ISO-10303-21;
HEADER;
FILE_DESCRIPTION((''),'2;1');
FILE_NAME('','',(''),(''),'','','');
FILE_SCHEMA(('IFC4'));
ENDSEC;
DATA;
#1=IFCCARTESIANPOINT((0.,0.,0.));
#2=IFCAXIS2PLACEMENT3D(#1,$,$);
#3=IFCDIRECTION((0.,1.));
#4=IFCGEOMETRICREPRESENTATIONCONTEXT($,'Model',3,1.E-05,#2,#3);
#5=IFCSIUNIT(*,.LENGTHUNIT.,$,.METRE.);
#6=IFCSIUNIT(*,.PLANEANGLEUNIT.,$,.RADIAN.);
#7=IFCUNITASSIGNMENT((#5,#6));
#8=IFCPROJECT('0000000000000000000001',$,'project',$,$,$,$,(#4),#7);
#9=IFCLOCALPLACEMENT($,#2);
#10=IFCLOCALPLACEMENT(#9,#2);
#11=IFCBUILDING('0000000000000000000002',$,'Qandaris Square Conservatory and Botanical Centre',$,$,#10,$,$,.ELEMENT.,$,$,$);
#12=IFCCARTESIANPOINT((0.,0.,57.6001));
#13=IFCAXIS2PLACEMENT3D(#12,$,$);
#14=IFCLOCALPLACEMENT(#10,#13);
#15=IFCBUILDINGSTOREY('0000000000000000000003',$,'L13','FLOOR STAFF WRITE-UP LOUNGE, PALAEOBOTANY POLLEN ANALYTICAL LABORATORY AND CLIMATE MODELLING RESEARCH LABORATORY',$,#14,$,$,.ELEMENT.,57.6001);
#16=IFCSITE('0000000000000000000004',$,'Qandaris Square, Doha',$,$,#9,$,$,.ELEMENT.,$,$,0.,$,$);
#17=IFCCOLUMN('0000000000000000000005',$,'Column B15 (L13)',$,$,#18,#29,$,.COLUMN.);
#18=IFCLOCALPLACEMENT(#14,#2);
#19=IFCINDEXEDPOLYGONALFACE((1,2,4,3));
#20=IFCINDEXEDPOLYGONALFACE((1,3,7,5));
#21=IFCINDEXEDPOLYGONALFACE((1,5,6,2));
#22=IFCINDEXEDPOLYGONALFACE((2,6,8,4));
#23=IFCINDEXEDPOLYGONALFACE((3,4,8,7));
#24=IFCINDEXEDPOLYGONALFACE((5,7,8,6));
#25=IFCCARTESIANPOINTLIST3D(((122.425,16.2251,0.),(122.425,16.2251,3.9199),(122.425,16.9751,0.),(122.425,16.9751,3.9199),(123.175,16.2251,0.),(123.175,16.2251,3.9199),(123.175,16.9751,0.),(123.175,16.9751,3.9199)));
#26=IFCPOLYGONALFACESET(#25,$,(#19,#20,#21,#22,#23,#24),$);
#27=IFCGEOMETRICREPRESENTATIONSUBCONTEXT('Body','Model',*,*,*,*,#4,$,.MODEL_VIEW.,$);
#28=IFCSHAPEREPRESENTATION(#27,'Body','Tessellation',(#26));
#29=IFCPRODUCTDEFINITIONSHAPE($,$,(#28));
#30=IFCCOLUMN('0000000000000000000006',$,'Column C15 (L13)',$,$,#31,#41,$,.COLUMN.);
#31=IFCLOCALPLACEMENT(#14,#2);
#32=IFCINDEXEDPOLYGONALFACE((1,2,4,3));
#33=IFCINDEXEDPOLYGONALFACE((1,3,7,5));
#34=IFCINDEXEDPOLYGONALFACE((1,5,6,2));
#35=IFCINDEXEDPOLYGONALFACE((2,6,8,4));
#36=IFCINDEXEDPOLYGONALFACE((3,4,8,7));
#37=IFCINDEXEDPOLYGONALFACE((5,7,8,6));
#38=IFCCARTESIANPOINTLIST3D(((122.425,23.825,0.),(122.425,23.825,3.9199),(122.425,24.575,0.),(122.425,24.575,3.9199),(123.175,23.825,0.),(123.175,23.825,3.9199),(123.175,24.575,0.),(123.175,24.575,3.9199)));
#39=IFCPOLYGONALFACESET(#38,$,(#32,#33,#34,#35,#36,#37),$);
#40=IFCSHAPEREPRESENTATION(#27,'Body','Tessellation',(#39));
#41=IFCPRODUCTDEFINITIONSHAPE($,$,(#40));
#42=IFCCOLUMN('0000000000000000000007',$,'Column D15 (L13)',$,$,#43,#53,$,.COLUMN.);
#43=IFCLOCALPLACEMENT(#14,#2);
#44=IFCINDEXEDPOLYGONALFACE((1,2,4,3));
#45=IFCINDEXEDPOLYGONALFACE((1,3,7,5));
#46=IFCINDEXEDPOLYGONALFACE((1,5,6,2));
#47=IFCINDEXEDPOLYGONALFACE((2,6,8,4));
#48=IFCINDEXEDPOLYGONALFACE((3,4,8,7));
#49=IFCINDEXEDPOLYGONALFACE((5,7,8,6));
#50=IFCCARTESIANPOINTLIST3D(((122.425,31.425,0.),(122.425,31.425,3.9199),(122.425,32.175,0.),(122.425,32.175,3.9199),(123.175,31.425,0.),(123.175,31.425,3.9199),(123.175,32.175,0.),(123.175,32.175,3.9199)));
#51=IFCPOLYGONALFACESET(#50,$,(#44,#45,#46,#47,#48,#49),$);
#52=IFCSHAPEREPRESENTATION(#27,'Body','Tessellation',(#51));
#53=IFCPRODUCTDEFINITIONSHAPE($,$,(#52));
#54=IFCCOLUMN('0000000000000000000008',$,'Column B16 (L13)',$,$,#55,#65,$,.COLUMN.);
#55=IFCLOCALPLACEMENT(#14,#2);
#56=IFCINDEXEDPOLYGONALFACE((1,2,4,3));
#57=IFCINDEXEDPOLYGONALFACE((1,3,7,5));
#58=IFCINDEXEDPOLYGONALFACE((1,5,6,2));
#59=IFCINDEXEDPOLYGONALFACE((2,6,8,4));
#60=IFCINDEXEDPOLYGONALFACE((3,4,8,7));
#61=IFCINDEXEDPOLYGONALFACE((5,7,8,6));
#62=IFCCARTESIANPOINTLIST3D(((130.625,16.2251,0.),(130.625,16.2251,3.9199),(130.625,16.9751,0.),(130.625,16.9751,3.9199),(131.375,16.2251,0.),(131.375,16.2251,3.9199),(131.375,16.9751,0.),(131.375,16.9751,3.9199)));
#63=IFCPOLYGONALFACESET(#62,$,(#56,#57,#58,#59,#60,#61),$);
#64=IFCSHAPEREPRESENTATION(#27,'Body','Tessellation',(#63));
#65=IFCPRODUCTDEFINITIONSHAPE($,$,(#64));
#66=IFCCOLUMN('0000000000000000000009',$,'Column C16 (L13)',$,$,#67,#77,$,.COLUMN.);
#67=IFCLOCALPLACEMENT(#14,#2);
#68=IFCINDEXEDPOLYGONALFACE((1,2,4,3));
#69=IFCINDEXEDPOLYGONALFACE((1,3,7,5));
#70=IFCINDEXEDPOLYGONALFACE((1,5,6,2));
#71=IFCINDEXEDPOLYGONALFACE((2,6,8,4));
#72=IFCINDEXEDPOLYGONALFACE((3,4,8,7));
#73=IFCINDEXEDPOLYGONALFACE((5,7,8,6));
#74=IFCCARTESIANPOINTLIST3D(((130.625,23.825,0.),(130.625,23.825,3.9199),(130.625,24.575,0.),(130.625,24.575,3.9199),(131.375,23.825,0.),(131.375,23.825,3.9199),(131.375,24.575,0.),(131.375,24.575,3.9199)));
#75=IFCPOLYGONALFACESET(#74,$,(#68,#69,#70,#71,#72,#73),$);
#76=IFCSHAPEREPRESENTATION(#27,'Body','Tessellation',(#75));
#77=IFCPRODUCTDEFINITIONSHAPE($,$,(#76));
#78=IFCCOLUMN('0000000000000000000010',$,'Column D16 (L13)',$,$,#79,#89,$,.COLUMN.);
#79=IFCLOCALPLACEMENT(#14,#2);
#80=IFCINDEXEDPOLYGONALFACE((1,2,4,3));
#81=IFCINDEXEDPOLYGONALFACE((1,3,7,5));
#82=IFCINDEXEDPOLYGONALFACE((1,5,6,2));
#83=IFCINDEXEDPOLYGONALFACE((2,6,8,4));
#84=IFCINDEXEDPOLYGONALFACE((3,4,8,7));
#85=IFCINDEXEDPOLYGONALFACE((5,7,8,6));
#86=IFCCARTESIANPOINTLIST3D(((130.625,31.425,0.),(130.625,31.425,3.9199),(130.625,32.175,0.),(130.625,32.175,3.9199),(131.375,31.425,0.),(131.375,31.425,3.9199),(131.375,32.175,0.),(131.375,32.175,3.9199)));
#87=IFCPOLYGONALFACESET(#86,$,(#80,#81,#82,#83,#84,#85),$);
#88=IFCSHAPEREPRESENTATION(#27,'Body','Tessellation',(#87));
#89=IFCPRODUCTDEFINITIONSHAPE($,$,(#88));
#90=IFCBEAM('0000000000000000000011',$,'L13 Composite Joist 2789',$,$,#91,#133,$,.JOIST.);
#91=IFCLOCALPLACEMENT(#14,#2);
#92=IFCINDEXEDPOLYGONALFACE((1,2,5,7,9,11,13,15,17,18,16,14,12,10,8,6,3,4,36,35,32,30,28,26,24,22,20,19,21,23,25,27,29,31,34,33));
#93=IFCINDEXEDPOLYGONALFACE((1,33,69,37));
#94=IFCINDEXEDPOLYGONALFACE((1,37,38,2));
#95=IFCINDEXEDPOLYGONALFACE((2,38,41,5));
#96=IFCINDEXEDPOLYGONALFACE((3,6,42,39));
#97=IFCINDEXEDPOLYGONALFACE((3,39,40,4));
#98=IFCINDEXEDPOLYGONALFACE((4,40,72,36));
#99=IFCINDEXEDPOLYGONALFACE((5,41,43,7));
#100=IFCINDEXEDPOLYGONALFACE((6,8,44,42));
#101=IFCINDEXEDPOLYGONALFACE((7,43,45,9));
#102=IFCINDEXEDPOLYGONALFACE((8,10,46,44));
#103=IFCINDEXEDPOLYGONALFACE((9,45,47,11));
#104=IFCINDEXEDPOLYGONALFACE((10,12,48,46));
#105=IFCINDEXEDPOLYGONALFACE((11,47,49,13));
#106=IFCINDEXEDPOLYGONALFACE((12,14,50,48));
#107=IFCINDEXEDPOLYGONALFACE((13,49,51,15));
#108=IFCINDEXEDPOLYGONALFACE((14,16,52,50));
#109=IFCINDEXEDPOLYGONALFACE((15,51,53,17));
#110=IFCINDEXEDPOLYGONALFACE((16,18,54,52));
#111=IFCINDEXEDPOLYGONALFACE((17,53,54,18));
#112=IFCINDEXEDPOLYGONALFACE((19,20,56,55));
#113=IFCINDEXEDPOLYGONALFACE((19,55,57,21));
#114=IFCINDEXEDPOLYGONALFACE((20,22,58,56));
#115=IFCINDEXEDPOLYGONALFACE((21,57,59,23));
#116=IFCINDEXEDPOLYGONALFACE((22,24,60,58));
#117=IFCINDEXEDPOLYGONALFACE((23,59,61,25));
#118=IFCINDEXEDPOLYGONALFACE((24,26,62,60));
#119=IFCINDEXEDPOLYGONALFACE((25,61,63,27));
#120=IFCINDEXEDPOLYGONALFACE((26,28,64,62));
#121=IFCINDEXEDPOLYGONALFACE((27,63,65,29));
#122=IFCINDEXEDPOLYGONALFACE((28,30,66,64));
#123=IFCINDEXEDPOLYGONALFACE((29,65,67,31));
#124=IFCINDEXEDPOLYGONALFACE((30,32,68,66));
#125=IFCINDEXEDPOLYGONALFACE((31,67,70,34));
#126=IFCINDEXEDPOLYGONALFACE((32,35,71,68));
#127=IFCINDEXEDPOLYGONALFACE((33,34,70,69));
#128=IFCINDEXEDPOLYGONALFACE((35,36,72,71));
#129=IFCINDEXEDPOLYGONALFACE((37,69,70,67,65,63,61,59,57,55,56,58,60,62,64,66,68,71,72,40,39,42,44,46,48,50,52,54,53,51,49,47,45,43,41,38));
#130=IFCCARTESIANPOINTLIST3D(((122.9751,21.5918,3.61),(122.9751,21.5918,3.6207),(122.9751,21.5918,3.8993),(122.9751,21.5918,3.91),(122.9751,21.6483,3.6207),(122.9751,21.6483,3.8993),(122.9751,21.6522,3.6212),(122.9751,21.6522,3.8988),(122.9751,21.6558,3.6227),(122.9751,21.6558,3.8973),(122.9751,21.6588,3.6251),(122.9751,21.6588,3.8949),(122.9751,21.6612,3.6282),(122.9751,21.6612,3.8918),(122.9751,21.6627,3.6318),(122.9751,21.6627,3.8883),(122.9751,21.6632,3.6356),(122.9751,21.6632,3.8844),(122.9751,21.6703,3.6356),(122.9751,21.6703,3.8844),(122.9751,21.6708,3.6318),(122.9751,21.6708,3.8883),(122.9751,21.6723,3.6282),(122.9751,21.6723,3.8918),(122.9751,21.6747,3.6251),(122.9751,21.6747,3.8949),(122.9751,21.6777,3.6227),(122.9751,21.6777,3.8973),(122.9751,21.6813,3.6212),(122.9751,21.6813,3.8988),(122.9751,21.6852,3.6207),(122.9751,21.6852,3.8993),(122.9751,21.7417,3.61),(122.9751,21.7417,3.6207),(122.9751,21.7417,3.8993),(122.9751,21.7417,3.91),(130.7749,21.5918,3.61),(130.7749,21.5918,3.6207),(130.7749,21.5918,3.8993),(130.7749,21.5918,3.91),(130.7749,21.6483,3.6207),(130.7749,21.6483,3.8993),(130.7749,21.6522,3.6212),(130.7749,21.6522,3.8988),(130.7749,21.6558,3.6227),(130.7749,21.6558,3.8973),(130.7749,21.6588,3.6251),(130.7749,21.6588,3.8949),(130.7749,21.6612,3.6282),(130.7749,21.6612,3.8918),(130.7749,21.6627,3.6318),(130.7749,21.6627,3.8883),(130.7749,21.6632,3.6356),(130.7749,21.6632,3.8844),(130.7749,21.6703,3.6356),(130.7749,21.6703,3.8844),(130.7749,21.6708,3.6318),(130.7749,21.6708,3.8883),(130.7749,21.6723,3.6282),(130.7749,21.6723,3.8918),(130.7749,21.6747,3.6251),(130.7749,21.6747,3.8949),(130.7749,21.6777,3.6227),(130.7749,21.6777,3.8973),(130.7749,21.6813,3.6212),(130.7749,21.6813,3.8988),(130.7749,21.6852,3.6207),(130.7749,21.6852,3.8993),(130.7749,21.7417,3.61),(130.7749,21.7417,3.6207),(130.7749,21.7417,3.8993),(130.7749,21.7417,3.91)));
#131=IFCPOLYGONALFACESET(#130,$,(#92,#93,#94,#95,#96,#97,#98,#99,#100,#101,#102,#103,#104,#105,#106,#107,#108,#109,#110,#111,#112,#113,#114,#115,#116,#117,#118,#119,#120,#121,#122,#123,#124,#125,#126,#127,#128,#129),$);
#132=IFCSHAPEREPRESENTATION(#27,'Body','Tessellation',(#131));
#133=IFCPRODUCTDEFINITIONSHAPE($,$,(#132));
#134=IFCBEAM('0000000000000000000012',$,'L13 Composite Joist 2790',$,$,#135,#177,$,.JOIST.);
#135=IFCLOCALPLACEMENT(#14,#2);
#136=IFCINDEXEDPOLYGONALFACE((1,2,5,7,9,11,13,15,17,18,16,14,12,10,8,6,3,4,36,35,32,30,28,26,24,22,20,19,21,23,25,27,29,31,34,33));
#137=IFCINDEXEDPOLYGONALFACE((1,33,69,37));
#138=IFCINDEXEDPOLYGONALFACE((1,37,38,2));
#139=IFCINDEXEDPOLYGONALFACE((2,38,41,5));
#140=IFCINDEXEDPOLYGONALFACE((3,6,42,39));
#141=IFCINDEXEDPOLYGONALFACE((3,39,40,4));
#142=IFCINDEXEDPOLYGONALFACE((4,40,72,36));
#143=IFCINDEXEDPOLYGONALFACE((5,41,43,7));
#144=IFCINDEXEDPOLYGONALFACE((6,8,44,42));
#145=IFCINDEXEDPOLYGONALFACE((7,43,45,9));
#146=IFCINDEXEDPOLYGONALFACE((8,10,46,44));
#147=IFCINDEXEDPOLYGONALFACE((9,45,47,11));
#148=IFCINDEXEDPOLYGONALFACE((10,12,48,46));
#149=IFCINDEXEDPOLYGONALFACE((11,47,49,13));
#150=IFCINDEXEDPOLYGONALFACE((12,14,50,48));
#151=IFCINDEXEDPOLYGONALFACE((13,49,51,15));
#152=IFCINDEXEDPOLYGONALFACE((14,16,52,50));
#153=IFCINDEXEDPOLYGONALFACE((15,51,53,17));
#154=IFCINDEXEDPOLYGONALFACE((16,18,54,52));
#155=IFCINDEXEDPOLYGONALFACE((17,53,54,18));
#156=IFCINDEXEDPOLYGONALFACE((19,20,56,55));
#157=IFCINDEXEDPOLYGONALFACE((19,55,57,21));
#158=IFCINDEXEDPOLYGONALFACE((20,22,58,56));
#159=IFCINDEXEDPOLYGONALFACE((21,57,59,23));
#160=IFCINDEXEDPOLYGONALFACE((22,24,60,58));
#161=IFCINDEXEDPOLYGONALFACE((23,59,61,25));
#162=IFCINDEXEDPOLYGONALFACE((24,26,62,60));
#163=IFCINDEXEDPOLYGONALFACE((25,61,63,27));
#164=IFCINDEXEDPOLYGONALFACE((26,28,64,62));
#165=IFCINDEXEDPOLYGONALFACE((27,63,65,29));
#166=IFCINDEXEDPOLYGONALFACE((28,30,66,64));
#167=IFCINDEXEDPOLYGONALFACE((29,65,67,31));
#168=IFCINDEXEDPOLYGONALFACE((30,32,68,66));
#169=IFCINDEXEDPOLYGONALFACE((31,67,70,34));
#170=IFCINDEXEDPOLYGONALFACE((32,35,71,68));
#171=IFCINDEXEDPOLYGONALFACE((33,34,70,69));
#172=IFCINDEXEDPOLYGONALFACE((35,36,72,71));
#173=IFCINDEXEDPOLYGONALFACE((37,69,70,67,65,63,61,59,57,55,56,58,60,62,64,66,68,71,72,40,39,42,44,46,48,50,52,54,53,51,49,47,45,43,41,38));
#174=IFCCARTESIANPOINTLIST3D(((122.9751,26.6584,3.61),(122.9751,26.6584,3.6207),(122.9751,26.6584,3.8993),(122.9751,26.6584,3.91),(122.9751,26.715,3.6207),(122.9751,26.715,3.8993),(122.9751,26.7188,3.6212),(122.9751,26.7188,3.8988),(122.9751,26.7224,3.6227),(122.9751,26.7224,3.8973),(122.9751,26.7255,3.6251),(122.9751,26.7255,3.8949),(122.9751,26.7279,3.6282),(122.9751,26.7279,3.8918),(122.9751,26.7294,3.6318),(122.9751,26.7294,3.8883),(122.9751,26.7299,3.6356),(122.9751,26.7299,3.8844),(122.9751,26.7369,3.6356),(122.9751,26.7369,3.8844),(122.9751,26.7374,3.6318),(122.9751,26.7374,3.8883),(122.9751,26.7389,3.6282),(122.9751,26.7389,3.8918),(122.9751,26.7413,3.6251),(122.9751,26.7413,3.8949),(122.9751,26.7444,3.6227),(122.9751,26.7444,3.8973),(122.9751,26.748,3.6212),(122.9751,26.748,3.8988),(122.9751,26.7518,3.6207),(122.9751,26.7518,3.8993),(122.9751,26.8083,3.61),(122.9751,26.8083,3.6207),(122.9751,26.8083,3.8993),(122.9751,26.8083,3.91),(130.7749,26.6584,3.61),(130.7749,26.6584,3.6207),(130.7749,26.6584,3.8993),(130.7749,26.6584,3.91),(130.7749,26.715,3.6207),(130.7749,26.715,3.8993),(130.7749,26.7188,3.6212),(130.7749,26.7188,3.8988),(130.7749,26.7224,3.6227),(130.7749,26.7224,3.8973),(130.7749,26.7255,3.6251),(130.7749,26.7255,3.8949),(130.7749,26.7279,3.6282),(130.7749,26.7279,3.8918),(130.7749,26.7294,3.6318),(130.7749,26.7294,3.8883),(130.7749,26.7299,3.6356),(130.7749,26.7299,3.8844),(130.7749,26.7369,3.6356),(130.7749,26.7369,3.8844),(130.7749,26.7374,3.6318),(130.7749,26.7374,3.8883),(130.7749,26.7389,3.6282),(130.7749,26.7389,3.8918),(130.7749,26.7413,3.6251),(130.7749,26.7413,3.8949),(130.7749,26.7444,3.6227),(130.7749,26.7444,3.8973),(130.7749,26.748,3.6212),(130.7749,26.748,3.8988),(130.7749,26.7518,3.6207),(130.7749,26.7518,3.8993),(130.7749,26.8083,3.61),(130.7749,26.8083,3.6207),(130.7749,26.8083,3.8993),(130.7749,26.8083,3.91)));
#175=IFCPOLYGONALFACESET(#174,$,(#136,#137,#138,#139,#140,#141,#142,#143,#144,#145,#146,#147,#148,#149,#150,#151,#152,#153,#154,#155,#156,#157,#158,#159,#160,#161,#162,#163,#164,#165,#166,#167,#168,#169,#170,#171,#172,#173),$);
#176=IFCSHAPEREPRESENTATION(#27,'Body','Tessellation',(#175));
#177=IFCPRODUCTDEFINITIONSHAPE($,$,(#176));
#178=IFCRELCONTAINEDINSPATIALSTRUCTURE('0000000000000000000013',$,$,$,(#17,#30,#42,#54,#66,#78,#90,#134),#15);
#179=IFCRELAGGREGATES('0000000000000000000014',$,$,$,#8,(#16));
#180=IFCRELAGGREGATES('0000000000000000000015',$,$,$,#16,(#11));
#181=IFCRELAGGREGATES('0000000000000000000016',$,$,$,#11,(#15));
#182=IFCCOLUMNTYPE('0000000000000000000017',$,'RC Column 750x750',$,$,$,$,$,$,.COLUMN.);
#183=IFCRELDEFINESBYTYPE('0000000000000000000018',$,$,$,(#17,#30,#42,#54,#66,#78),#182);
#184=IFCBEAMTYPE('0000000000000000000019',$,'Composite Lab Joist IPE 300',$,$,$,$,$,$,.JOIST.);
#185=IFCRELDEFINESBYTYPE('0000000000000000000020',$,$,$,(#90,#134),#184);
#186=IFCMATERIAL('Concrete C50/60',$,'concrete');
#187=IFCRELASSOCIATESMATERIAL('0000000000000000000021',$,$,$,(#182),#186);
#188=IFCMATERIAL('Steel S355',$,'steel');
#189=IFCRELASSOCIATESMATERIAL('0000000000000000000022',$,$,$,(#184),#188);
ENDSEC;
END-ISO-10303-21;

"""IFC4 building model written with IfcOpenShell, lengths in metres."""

from ifc_helpers import new_model, si_unit, direction, frame, origin, origin_2d, place, context, subcontext, project, spatial, rectangle, i_section, extrude, material, material_profile, profile_set, type_object, element, save


model = new_model("IFC4")

# Units and contexts
model_context = context("Model", 3, precision=1e-05, world=origin(), true_north=direction((0.0, 1.0)))
body_context = subcontext(model_context, "Body", "Model", "MODEL_VIEW")
ifc_project = project(units=[si_unit("LENGTHUNIT", "METRE"), si_unit("PLANEANGLEUNIT", "RADIAN")], contexts=[model_context])

# Site, building, storey
site_placement = place(None, origin())
site = spatial("IfcSite", under=ifc_project, at=site_placement, Name="Qandaris Square, Doha", CompositionType="ELEMENT", RefElevation=0.0)
building_placement = place(site_placement, origin())
building = spatial("IfcBuilding", under=site, at=building_placement, Name="Qandaris Square Conservatory and Botanical Centre", CompositionType="ELEMENT")
storey_placement = place(building_placement, frame((0.0, 0.0, 57.6001)))
storey = spatial("IfcBuildingStorey", under=building, at=storey_placement, Name="L13", Description="FLOOR STAFF WRITE-UP LOUNGE, PALAEOBOTANY POLLEN ANALYTICAL LABORATORY AND CLIMATE MODELLING RESEARCH LABORATORY", CompositionType="ELEMENT", Elevation=57.6001)

# Columns
ifc_material_1 = material(Name="Concrete C50/60", Category="concrete")
ifc_material_profile_1 = material_profile(ifc_material_1, rectangle(XDim=0.75, YDim=0.75, at=origin_2d()), Name="RC-COL 750x750")
ifc_profile_set_1 = profile_set([ifc_material_profile_1], Name="Concrete C50/60")
column_type = type_object("IfcColumnType", Name="RC Column 750x750", PredefinedType="COLUMN", material=ifc_profile_set_1)
for number, where, z_axis, x_axis, name in (
    (1, (122.8, 16.6001, 0.0), (0.0, 0.0, 1.0), (1.0, 0.0, 0.0), "Column B15 (L13)"),
    (2, (122.8, 24.2, 0.0), (0.0, 0.0, 1.0), (1.0, 0.0, 0.0), "Column C15 (L13)"),
    (3, (122.8, 31.8, 0.0), (0.0, 0.0, 1.0), (1.0, 0.0, 0.0), "Column D15 (L13)"),
    (4, (131.0, 16.6001, 0.0), (0.0, 0.0, 1.0), (1.0, 0.0, 0.0), "Column B16 (L13)"),
    (5, (131.0, 24.2, 0.0), (0.0, 0.0, 1.0), (1.0, 0.0, 0.0), "Column C16 (L13)"),
    (6, (131.0, 31.8, 0.0), (0.0, 0.0, 1.0), (1.0, 0.0, 0.0), "Column D16 (L13)"),
):
    element("IfcColumn", number, at=place(storey_placement, frame(where, z_axis=z_axis, x_axis=x_axis)), inside=storey, type_object=column_type, Name=name, PredefinedType="COLUMN", context=body_context, shape_type="SweptSolid", body=[
        extrude(rectangle(XDim=0.75, YDim=0.75, at=origin_2d()), origin(), (0.0, 0.0, 1.0), 3.9199),
    ])

# Beams
ifc_material_2 = material(Name="Steel S355", Category="steel")
ifc_material_profile_2 = material_profile(ifc_material_2, i_section(OverallWidth=0.1499, OverallDepth=0.3, WebThickness=0.0071, FlangeThickness=0.0107, FilletRadius=0.0149, at=origin_2d()), Name="IPE 300")
ifc_profile_set_2 = profile_set([ifc_material_profile_2], Name="Steel S355")
beam_type_1 = type_object("IfcBeamType", Name="Composite Lab Joist IPE 300", PredefinedType="JOIST", material=ifc_profile_set_2)
for number, where, z_axis, x_axis, name in (
    (7, (122.9751, 21.6667, 3.76), (1.0, 0.0, 0.0), (0.0, 1.0, 0.0), "L13 Composite Joist 2789"),
    (8, (122.9751, 26.7334, 3.76), (1.0, 0.0, 0.0), (0.0, 1.0, 0.0), "L13 Composite Joist 2790"),
):
    element("IfcBeam", number, at=place(storey_placement, frame(where, z_axis=z_axis, x_axis=x_axis)), inside=storey, type_object=beam_type_1, Name=name, PredefinedType="JOIST", context=body_context, shape_type="SweptSolid", body=[
        extrude(i_section(OverallWidth=0.1499, OverallDepth=0.3, WebThickness=0.0071, FlangeThickness=0.0107, FilletRadius=0.0149, at=origin_2d()), origin(), (0.0, 0.0, 1.0), 7.7998),
    ])

save(model, "model.ifc")
